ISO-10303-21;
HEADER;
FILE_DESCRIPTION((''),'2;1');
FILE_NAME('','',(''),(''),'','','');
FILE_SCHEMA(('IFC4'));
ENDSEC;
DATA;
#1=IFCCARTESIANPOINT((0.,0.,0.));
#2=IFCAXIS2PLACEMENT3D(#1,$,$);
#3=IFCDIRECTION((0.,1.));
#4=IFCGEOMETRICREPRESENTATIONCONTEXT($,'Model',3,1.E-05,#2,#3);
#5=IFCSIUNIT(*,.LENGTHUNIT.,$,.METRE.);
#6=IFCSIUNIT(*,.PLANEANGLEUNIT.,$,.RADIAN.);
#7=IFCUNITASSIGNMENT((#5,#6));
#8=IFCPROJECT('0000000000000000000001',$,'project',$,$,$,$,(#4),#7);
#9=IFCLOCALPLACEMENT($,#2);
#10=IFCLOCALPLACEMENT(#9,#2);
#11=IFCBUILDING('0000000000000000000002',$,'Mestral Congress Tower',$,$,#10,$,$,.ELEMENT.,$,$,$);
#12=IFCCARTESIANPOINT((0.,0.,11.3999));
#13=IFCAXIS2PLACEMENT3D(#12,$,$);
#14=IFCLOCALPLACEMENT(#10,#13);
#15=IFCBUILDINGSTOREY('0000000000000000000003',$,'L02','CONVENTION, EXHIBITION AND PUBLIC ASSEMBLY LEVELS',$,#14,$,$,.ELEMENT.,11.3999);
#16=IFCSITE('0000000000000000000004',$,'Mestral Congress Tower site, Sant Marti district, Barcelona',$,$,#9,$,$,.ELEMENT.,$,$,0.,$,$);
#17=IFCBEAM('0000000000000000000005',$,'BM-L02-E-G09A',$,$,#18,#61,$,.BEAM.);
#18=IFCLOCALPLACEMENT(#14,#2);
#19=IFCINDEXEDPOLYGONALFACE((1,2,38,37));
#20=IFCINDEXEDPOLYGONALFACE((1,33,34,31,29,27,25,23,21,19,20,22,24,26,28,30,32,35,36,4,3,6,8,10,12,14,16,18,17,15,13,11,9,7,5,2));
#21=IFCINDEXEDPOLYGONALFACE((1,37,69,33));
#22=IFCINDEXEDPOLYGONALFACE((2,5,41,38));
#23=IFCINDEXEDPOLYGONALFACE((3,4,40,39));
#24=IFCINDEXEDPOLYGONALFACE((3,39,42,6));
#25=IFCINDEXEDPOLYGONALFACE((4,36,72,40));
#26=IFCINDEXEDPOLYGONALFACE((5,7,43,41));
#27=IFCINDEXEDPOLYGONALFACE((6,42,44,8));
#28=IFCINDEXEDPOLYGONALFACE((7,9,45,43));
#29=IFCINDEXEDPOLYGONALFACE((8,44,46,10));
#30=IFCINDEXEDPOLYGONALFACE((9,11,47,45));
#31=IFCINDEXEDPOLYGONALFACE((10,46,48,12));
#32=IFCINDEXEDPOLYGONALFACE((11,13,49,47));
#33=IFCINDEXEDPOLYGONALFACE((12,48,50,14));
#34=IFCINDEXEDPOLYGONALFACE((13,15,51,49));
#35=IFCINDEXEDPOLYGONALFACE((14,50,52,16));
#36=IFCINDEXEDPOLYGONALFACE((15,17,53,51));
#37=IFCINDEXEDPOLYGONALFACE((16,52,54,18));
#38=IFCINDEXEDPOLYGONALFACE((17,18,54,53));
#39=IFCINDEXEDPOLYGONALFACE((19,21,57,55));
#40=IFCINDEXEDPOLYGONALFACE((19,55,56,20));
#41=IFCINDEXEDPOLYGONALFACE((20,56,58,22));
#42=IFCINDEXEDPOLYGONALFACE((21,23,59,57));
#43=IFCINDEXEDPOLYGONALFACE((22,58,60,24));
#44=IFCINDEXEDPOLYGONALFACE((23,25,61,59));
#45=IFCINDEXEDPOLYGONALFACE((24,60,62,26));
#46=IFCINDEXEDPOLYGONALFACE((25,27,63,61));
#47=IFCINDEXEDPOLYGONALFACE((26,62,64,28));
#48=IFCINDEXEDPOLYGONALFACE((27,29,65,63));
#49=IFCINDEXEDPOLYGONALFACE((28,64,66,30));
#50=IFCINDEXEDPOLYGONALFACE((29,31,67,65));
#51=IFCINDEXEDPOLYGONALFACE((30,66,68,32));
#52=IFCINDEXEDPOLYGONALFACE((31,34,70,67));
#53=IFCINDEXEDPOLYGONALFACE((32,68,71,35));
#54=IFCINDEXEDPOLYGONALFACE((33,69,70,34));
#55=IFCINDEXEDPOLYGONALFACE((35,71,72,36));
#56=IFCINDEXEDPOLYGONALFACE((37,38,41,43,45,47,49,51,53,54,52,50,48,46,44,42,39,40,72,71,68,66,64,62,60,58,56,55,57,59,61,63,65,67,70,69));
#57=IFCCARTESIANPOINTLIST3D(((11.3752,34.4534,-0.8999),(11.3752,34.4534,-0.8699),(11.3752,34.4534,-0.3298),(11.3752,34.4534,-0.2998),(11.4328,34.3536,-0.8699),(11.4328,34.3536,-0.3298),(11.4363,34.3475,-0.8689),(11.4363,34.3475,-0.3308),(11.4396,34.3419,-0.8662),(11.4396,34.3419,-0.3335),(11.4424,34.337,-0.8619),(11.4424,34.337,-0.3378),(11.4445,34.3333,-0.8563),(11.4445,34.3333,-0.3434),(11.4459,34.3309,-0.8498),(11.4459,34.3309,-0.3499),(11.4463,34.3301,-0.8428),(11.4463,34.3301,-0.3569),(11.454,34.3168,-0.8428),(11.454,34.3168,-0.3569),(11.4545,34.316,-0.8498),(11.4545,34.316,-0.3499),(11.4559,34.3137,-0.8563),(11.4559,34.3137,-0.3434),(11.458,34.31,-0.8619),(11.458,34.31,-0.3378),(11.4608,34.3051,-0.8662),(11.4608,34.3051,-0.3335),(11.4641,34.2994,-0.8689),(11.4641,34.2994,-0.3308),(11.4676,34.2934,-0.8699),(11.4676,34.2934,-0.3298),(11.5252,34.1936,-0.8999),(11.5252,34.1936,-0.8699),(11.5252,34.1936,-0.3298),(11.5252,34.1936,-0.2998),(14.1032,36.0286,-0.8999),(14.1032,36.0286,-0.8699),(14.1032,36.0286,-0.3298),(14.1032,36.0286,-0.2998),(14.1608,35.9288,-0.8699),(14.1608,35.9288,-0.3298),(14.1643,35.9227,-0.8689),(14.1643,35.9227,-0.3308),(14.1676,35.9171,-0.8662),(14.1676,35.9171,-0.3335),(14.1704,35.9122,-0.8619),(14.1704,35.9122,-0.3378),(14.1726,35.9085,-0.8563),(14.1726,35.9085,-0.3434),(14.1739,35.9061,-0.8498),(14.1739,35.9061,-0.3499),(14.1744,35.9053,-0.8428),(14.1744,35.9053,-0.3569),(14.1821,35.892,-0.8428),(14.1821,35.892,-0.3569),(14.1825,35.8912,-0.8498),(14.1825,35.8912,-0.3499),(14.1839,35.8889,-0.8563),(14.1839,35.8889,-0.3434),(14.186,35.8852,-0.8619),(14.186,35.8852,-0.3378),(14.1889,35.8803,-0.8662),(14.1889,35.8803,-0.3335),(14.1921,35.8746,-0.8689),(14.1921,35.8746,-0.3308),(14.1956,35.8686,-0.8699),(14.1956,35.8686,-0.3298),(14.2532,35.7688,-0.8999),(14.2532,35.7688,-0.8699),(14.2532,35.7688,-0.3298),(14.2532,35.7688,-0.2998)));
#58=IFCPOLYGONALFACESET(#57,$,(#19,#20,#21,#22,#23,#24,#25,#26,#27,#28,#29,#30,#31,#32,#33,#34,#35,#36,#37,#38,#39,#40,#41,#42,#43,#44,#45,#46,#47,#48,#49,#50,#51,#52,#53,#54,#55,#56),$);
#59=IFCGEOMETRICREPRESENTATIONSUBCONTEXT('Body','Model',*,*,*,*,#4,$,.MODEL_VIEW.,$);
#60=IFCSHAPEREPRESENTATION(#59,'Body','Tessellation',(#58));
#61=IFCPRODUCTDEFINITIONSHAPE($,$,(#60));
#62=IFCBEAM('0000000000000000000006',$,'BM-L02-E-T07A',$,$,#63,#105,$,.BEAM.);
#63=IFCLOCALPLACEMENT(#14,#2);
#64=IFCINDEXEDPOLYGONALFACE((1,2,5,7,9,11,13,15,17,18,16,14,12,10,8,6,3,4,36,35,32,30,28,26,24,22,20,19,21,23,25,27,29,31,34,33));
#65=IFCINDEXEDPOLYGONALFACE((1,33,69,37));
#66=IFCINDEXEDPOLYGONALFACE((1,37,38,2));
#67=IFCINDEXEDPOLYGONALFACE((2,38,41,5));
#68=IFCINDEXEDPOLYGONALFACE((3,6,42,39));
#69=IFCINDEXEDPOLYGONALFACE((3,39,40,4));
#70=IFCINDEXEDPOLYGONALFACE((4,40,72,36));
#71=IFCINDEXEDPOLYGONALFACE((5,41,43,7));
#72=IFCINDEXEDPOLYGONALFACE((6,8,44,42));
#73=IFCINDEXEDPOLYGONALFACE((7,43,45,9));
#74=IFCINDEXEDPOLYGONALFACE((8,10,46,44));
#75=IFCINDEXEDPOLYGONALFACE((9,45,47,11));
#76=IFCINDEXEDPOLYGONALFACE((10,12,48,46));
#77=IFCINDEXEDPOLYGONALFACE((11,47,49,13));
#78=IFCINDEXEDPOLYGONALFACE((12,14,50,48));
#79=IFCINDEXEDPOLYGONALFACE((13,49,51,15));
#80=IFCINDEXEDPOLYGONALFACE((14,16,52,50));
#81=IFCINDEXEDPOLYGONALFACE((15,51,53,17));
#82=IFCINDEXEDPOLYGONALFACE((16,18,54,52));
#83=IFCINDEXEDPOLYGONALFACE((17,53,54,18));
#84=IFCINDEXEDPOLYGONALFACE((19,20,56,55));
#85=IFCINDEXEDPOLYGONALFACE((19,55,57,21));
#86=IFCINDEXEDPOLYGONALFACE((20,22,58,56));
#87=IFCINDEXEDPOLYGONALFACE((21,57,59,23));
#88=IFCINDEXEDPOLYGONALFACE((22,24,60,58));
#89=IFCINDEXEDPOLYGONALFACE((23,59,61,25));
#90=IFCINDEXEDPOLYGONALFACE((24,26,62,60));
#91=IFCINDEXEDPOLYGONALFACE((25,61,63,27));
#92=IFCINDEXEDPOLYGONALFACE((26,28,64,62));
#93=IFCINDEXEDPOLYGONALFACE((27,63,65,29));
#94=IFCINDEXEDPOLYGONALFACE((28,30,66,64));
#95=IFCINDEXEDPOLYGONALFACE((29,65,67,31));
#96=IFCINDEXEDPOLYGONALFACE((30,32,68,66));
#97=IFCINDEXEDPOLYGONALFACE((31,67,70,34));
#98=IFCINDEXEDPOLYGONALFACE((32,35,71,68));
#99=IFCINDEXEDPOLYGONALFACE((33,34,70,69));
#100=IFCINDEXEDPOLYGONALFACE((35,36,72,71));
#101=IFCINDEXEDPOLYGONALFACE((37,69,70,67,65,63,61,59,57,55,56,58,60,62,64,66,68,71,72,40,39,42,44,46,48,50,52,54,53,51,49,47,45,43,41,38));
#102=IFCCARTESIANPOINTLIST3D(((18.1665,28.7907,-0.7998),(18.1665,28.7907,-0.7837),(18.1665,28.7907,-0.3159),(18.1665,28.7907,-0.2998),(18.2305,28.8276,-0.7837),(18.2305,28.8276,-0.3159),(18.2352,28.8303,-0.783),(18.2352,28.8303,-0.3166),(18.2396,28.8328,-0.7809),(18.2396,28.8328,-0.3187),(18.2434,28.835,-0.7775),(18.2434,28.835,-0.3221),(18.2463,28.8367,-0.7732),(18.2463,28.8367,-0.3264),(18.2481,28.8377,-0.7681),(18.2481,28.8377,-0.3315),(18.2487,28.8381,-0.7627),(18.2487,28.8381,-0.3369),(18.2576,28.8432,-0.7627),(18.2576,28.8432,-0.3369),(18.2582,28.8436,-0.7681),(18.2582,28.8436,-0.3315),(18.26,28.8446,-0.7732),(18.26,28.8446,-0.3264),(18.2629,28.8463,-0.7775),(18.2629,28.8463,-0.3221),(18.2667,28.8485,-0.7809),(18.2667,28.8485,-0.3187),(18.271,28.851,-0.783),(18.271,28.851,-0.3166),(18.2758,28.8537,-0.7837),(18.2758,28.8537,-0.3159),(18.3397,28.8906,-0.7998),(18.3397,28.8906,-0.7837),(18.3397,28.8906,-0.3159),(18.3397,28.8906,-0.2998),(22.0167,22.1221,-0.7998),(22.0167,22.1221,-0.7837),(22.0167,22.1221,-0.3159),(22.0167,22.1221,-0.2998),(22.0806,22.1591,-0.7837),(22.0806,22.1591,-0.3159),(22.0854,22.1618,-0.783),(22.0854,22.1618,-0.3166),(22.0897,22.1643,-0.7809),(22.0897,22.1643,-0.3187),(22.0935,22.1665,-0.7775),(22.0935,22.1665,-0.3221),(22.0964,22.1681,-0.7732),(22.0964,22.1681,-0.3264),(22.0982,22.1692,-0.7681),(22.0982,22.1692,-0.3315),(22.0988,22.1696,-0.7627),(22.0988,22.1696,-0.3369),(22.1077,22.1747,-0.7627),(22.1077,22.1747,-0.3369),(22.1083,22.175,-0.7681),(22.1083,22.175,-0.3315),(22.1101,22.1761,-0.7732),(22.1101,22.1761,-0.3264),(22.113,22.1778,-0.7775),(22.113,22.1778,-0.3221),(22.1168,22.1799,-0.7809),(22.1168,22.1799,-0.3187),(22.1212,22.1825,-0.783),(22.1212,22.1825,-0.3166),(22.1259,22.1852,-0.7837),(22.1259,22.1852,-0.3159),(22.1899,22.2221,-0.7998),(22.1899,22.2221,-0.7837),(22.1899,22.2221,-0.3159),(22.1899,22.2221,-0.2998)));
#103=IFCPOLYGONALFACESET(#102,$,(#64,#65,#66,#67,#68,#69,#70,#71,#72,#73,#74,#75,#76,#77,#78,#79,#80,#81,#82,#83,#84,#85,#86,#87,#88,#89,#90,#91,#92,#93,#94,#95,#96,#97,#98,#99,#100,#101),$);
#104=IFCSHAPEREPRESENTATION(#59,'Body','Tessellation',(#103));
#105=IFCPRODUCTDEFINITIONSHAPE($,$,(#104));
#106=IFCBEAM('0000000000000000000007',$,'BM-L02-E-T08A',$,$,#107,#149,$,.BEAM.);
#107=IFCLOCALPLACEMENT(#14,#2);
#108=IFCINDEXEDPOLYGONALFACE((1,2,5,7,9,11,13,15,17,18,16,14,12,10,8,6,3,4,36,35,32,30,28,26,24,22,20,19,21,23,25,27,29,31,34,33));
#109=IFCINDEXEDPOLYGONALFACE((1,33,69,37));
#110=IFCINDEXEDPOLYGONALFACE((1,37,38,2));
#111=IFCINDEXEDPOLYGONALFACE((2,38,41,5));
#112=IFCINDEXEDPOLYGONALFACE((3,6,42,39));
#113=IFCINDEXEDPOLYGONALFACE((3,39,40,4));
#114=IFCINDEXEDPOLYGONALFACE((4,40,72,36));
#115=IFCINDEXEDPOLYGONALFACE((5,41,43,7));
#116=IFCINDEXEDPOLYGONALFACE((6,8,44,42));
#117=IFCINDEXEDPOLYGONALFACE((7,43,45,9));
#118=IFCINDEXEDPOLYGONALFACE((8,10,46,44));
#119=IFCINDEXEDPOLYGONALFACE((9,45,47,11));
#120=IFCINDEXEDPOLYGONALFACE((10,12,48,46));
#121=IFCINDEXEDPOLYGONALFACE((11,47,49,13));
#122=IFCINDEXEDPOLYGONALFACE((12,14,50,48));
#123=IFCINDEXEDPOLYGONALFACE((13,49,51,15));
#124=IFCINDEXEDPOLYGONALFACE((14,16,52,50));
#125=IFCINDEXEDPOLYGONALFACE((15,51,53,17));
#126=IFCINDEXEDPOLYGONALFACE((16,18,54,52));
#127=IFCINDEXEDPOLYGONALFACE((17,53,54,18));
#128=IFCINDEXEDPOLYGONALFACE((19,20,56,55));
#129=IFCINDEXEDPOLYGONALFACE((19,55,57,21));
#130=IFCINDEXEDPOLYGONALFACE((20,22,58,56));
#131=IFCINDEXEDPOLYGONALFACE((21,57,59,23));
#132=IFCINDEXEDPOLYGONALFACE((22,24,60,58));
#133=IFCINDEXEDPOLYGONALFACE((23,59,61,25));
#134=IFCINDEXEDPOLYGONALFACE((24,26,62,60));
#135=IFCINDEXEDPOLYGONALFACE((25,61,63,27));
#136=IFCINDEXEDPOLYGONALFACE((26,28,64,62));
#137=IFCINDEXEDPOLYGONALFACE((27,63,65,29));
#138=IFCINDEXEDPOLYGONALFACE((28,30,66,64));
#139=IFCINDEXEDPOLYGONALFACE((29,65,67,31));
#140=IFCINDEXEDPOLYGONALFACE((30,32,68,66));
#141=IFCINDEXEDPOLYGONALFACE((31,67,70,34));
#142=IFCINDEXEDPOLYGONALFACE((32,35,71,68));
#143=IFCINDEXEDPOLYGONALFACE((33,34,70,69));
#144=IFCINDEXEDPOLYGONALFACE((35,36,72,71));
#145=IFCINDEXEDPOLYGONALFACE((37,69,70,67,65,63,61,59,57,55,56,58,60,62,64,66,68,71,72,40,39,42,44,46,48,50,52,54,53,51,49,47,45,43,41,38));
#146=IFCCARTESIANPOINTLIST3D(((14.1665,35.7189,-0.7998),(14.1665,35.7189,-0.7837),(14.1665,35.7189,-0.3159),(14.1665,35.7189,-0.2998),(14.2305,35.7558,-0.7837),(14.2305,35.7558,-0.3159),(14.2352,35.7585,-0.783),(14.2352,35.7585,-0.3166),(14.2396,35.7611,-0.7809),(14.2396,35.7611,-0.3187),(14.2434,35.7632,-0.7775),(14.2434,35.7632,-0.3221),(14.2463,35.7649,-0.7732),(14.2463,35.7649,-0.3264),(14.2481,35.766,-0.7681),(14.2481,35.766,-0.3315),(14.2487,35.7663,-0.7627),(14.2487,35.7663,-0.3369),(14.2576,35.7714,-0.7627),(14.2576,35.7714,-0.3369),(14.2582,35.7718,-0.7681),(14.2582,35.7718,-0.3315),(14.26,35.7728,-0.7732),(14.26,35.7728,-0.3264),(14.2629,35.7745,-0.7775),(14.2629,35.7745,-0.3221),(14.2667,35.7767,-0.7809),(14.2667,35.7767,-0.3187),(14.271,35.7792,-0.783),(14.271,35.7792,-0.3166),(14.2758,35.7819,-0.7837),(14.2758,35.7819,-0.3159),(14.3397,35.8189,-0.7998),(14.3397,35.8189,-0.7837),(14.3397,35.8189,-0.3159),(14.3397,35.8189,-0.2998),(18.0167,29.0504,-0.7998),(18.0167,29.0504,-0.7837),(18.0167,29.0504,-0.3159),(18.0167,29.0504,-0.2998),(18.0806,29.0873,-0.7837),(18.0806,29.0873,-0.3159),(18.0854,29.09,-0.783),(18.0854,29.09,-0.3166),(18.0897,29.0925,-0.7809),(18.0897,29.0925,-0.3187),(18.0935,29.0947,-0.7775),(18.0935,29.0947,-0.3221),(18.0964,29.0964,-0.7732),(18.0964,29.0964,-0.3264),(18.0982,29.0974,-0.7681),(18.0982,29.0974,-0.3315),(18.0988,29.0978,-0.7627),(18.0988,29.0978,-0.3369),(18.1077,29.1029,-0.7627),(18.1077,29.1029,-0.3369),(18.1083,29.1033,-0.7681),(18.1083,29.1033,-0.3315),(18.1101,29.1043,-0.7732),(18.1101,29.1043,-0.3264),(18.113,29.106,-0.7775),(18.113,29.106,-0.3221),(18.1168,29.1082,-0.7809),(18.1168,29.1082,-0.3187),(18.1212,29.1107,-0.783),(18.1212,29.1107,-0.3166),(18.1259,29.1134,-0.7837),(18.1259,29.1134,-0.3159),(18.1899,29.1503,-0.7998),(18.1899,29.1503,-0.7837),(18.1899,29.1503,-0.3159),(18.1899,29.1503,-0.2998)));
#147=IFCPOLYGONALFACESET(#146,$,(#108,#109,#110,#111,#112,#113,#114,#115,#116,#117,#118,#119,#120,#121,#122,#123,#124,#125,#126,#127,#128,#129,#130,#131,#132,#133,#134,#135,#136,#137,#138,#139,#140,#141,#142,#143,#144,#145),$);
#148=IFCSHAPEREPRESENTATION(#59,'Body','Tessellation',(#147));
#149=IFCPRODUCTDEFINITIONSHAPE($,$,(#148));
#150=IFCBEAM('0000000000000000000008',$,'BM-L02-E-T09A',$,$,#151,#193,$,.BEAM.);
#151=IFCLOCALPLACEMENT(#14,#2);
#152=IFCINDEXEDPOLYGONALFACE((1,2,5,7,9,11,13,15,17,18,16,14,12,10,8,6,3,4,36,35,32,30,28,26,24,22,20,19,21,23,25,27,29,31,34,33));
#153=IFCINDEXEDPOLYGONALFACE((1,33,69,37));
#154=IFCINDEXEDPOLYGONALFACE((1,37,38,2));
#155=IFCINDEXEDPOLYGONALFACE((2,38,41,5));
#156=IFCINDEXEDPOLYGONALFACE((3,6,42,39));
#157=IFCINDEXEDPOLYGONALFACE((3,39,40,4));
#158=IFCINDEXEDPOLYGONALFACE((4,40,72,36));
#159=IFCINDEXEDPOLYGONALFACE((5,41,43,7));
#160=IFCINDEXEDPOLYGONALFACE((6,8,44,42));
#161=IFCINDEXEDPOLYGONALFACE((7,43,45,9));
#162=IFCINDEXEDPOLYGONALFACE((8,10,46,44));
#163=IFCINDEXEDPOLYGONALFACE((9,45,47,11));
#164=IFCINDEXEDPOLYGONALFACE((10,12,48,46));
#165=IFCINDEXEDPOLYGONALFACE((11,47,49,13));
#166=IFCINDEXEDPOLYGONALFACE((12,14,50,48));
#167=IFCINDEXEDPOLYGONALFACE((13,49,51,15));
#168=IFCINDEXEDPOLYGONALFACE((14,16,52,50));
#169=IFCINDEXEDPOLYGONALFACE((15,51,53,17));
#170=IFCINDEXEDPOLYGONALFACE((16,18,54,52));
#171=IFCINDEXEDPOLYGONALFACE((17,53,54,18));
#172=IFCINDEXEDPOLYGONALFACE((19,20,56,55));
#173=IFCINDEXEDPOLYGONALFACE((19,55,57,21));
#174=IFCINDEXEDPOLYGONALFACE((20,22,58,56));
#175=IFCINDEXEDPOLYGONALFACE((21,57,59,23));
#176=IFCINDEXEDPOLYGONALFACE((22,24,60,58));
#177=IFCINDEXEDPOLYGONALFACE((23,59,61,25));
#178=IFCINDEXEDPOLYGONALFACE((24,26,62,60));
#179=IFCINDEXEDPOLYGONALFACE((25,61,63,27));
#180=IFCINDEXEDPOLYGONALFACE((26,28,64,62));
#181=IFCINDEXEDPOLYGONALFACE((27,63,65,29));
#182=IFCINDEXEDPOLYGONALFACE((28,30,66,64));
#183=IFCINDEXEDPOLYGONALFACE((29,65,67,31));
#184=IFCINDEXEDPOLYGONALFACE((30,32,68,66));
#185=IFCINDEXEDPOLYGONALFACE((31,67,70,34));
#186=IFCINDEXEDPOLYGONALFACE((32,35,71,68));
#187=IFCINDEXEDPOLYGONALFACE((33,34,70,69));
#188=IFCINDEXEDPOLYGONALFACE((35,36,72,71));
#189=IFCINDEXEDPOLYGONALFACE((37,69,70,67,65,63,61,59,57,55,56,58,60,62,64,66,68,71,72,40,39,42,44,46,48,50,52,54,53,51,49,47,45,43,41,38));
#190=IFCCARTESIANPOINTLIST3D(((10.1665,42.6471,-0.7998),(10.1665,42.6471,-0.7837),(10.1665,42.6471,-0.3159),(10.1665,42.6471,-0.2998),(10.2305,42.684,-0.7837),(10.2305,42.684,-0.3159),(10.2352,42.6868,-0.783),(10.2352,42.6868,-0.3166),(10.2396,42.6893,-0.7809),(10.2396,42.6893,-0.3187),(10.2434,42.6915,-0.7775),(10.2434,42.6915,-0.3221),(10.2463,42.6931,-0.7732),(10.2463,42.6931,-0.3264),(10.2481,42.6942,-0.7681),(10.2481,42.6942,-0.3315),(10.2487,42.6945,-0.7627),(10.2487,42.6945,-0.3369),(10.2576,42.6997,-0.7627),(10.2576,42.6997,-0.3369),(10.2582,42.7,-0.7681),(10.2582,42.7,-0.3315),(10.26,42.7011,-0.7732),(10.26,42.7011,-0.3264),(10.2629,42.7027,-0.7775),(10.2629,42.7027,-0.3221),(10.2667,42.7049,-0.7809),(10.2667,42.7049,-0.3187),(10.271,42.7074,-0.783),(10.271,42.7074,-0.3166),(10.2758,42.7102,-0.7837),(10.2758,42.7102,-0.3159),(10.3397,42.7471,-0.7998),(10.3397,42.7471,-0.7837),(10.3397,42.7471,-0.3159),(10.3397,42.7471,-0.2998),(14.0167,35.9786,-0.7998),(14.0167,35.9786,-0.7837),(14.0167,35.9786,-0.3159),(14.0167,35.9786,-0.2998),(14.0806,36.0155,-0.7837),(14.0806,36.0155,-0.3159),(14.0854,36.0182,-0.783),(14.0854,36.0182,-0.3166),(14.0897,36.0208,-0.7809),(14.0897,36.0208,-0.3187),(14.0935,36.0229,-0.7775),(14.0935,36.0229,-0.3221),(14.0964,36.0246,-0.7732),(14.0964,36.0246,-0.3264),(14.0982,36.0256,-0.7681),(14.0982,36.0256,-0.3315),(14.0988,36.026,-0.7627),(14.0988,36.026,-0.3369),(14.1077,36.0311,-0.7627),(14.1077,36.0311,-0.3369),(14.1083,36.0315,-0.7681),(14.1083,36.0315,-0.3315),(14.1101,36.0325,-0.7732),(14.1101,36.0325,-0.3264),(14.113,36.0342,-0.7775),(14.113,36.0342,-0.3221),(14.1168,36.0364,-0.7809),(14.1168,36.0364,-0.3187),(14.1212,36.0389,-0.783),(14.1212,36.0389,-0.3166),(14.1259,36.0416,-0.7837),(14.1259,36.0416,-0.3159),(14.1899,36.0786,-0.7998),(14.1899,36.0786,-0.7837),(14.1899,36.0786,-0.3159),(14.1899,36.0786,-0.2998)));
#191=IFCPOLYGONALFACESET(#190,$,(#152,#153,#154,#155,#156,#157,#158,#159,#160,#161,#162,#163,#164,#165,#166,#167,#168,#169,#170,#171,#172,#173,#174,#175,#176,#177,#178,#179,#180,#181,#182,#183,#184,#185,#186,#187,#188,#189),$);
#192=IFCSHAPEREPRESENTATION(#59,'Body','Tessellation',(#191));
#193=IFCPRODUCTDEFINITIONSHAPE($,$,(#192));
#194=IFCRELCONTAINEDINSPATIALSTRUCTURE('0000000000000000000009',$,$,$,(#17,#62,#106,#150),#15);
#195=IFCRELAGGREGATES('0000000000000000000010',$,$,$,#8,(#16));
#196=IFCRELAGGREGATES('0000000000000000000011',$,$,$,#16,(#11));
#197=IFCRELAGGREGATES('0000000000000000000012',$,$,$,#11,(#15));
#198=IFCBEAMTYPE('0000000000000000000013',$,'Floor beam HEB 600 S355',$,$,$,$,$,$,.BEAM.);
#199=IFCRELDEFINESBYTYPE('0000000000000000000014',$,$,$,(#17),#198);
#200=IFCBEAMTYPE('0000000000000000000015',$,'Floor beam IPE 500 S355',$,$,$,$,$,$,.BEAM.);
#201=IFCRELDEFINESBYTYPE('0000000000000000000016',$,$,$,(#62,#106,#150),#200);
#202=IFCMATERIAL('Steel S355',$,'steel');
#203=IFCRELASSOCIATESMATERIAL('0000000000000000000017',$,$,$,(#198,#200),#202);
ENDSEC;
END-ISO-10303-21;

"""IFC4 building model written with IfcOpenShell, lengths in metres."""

from ifc_helpers import new_model, si_unit, direction, frame, origin, origin_2d, place, context, subcontext, project, spatial, i_section, extrude, material, material_profile, profile_set, type_object, element, save


model = new_model("IFC4")

# Units and contexts
model_context = context("Model", 3, precision=1e-05, world=origin(), true_north=direction((0.0, 1.0)))
body_context = subcontext(model_context, "Body", "Model", "MODEL_VIEW")
ifc_project = project(units=[si_unit("LENGTHUNIT", "METRE"), si_unit("PLANEANGLEUNIT", "RADIAN")], contexts=[model_context])

# Site, building, storey
site_placement = place(None, origin())
site = spatial("IfcSite", under=ifc_project, at=site_placement, Name="Mestral Congress Tower site, Sant Marti district, Barcelona", CompositionType="ELEMENT", RefElevation=0.0)
building_placement = place(site_placement, origin())
building = spatial("IfcBuilding", under=site, at=building_placement, Name="Mestral Congress Tower", CompositionType="ELEMENT")
storey_placement = place(building_placement, frame((0.0, 0.0, 11.3999)))
storey = spatial("IfcBuildingStorey", under=building, at=storey_placement, Name="L02", Description="CONVENTION, EXHIBITION AND PUBLIC ASSEMBLY LEVELS", CompositionType="ELEMENT", Elevation=11.3999)

# Beams
ifc_material_1 = material(Name="Steel S355", Category="steel")
ifc_material_profile_1 = material_profile(ifc_material_1, i_section(OverallWidth=0.3, OverallDepth=0.6001, WebThickness=0.0154, FlangeThickness=0.03, FilletRadius=0.0271, at=origin_2d()), Name="HEB 600")
ifc_profile_set_1 = profile_set([ifc_material_profile_1], Name="Steel S355")
beam_type_1 = type_object("IfcBeamType", Name="Floor beam HEB 600 S355", PredefinedType="BEAM", material=ifc_profile_set_1)
beam_placement = place(storey_placement, frame((11.4502, 34.3235, -0.5999), z_axis=(0.866002, 0.50004, 0.0), x_axis=(-0.50004, 0.866002, 0.0)))
element("IfcBeam", 1, at=beam_placement, inside=storey, type_object=beam_type_1, Name="BM-L02-E-G09A", PredefinedType="BEAM", context=body_context, shape_type="SweptSolid", body=[
    extrude(i_section(OverallWidth=0.3, OverallDepth=0.6001, WebThickness=0.0154, FlangeThickness=0.03, FilletRadius=0.0271, at=origin_2d()), origin(), (0.0, 0.0, 1.0), 3.1501),
])
ifc_material_profile_2 = material_profile(ifc_material_1, i_section(OverallWidth=0.2, OverallDepth=0.5, WebThickness=0.0103, FlangeThickness=0.0161, FilletRadius=0.021, at=origin_2d()), Name="IPE 500")
ifc_profile_set_2 = profile_set([ifc_material_profile_2], Name="Steel S355")
beam_type_2 = type_object("IfcBeamType", Name="Floor beam IPE 500 S355", PredefinedType="BEAM", material=ifc_profile_set_2)
for number, where, z_axis, x_axis, name in (
    (2, (22.1033, 22.1721, -0.5498), (-0.500006, 0.866022, 0.0), (-0.866022, -0.500006, 0.0), "BM-L02-E-T07A"),
    (3, (18.1033, 29.1003, -0.5498), (-0.500006, 0.866022, 0.0), (-0.866022, -0.500006, 0.0), "BM-L02-E-T08A"),
    (4, (14.1033, 36.0286, -0.5498), (-0.500006, 0.866022, 0.0), (-0.866022, -0.500006, 0.0), "BM-L02-E-T09A"),
):
    element("IfcBeam", number, at=place(storey_placement, frame(where, z_axis=z_axis, x_axis=x_axis)), inside=storey, type_object=beam_type_2, Name=name, PredefinedType="BEAM", context=body_context, shape_type="SweptSolid", body=[
        extrude(i_section(OverallWidth=0.2, OverallDepth=0.5, WebThickness=0.0103, FlangeThickness=0.0161, FilletRadius=0.021, at=origin_2d()), origin(), (0.0, 0.0, 1.0), 7.7002),
    ])

save(model, "model.ifc")
